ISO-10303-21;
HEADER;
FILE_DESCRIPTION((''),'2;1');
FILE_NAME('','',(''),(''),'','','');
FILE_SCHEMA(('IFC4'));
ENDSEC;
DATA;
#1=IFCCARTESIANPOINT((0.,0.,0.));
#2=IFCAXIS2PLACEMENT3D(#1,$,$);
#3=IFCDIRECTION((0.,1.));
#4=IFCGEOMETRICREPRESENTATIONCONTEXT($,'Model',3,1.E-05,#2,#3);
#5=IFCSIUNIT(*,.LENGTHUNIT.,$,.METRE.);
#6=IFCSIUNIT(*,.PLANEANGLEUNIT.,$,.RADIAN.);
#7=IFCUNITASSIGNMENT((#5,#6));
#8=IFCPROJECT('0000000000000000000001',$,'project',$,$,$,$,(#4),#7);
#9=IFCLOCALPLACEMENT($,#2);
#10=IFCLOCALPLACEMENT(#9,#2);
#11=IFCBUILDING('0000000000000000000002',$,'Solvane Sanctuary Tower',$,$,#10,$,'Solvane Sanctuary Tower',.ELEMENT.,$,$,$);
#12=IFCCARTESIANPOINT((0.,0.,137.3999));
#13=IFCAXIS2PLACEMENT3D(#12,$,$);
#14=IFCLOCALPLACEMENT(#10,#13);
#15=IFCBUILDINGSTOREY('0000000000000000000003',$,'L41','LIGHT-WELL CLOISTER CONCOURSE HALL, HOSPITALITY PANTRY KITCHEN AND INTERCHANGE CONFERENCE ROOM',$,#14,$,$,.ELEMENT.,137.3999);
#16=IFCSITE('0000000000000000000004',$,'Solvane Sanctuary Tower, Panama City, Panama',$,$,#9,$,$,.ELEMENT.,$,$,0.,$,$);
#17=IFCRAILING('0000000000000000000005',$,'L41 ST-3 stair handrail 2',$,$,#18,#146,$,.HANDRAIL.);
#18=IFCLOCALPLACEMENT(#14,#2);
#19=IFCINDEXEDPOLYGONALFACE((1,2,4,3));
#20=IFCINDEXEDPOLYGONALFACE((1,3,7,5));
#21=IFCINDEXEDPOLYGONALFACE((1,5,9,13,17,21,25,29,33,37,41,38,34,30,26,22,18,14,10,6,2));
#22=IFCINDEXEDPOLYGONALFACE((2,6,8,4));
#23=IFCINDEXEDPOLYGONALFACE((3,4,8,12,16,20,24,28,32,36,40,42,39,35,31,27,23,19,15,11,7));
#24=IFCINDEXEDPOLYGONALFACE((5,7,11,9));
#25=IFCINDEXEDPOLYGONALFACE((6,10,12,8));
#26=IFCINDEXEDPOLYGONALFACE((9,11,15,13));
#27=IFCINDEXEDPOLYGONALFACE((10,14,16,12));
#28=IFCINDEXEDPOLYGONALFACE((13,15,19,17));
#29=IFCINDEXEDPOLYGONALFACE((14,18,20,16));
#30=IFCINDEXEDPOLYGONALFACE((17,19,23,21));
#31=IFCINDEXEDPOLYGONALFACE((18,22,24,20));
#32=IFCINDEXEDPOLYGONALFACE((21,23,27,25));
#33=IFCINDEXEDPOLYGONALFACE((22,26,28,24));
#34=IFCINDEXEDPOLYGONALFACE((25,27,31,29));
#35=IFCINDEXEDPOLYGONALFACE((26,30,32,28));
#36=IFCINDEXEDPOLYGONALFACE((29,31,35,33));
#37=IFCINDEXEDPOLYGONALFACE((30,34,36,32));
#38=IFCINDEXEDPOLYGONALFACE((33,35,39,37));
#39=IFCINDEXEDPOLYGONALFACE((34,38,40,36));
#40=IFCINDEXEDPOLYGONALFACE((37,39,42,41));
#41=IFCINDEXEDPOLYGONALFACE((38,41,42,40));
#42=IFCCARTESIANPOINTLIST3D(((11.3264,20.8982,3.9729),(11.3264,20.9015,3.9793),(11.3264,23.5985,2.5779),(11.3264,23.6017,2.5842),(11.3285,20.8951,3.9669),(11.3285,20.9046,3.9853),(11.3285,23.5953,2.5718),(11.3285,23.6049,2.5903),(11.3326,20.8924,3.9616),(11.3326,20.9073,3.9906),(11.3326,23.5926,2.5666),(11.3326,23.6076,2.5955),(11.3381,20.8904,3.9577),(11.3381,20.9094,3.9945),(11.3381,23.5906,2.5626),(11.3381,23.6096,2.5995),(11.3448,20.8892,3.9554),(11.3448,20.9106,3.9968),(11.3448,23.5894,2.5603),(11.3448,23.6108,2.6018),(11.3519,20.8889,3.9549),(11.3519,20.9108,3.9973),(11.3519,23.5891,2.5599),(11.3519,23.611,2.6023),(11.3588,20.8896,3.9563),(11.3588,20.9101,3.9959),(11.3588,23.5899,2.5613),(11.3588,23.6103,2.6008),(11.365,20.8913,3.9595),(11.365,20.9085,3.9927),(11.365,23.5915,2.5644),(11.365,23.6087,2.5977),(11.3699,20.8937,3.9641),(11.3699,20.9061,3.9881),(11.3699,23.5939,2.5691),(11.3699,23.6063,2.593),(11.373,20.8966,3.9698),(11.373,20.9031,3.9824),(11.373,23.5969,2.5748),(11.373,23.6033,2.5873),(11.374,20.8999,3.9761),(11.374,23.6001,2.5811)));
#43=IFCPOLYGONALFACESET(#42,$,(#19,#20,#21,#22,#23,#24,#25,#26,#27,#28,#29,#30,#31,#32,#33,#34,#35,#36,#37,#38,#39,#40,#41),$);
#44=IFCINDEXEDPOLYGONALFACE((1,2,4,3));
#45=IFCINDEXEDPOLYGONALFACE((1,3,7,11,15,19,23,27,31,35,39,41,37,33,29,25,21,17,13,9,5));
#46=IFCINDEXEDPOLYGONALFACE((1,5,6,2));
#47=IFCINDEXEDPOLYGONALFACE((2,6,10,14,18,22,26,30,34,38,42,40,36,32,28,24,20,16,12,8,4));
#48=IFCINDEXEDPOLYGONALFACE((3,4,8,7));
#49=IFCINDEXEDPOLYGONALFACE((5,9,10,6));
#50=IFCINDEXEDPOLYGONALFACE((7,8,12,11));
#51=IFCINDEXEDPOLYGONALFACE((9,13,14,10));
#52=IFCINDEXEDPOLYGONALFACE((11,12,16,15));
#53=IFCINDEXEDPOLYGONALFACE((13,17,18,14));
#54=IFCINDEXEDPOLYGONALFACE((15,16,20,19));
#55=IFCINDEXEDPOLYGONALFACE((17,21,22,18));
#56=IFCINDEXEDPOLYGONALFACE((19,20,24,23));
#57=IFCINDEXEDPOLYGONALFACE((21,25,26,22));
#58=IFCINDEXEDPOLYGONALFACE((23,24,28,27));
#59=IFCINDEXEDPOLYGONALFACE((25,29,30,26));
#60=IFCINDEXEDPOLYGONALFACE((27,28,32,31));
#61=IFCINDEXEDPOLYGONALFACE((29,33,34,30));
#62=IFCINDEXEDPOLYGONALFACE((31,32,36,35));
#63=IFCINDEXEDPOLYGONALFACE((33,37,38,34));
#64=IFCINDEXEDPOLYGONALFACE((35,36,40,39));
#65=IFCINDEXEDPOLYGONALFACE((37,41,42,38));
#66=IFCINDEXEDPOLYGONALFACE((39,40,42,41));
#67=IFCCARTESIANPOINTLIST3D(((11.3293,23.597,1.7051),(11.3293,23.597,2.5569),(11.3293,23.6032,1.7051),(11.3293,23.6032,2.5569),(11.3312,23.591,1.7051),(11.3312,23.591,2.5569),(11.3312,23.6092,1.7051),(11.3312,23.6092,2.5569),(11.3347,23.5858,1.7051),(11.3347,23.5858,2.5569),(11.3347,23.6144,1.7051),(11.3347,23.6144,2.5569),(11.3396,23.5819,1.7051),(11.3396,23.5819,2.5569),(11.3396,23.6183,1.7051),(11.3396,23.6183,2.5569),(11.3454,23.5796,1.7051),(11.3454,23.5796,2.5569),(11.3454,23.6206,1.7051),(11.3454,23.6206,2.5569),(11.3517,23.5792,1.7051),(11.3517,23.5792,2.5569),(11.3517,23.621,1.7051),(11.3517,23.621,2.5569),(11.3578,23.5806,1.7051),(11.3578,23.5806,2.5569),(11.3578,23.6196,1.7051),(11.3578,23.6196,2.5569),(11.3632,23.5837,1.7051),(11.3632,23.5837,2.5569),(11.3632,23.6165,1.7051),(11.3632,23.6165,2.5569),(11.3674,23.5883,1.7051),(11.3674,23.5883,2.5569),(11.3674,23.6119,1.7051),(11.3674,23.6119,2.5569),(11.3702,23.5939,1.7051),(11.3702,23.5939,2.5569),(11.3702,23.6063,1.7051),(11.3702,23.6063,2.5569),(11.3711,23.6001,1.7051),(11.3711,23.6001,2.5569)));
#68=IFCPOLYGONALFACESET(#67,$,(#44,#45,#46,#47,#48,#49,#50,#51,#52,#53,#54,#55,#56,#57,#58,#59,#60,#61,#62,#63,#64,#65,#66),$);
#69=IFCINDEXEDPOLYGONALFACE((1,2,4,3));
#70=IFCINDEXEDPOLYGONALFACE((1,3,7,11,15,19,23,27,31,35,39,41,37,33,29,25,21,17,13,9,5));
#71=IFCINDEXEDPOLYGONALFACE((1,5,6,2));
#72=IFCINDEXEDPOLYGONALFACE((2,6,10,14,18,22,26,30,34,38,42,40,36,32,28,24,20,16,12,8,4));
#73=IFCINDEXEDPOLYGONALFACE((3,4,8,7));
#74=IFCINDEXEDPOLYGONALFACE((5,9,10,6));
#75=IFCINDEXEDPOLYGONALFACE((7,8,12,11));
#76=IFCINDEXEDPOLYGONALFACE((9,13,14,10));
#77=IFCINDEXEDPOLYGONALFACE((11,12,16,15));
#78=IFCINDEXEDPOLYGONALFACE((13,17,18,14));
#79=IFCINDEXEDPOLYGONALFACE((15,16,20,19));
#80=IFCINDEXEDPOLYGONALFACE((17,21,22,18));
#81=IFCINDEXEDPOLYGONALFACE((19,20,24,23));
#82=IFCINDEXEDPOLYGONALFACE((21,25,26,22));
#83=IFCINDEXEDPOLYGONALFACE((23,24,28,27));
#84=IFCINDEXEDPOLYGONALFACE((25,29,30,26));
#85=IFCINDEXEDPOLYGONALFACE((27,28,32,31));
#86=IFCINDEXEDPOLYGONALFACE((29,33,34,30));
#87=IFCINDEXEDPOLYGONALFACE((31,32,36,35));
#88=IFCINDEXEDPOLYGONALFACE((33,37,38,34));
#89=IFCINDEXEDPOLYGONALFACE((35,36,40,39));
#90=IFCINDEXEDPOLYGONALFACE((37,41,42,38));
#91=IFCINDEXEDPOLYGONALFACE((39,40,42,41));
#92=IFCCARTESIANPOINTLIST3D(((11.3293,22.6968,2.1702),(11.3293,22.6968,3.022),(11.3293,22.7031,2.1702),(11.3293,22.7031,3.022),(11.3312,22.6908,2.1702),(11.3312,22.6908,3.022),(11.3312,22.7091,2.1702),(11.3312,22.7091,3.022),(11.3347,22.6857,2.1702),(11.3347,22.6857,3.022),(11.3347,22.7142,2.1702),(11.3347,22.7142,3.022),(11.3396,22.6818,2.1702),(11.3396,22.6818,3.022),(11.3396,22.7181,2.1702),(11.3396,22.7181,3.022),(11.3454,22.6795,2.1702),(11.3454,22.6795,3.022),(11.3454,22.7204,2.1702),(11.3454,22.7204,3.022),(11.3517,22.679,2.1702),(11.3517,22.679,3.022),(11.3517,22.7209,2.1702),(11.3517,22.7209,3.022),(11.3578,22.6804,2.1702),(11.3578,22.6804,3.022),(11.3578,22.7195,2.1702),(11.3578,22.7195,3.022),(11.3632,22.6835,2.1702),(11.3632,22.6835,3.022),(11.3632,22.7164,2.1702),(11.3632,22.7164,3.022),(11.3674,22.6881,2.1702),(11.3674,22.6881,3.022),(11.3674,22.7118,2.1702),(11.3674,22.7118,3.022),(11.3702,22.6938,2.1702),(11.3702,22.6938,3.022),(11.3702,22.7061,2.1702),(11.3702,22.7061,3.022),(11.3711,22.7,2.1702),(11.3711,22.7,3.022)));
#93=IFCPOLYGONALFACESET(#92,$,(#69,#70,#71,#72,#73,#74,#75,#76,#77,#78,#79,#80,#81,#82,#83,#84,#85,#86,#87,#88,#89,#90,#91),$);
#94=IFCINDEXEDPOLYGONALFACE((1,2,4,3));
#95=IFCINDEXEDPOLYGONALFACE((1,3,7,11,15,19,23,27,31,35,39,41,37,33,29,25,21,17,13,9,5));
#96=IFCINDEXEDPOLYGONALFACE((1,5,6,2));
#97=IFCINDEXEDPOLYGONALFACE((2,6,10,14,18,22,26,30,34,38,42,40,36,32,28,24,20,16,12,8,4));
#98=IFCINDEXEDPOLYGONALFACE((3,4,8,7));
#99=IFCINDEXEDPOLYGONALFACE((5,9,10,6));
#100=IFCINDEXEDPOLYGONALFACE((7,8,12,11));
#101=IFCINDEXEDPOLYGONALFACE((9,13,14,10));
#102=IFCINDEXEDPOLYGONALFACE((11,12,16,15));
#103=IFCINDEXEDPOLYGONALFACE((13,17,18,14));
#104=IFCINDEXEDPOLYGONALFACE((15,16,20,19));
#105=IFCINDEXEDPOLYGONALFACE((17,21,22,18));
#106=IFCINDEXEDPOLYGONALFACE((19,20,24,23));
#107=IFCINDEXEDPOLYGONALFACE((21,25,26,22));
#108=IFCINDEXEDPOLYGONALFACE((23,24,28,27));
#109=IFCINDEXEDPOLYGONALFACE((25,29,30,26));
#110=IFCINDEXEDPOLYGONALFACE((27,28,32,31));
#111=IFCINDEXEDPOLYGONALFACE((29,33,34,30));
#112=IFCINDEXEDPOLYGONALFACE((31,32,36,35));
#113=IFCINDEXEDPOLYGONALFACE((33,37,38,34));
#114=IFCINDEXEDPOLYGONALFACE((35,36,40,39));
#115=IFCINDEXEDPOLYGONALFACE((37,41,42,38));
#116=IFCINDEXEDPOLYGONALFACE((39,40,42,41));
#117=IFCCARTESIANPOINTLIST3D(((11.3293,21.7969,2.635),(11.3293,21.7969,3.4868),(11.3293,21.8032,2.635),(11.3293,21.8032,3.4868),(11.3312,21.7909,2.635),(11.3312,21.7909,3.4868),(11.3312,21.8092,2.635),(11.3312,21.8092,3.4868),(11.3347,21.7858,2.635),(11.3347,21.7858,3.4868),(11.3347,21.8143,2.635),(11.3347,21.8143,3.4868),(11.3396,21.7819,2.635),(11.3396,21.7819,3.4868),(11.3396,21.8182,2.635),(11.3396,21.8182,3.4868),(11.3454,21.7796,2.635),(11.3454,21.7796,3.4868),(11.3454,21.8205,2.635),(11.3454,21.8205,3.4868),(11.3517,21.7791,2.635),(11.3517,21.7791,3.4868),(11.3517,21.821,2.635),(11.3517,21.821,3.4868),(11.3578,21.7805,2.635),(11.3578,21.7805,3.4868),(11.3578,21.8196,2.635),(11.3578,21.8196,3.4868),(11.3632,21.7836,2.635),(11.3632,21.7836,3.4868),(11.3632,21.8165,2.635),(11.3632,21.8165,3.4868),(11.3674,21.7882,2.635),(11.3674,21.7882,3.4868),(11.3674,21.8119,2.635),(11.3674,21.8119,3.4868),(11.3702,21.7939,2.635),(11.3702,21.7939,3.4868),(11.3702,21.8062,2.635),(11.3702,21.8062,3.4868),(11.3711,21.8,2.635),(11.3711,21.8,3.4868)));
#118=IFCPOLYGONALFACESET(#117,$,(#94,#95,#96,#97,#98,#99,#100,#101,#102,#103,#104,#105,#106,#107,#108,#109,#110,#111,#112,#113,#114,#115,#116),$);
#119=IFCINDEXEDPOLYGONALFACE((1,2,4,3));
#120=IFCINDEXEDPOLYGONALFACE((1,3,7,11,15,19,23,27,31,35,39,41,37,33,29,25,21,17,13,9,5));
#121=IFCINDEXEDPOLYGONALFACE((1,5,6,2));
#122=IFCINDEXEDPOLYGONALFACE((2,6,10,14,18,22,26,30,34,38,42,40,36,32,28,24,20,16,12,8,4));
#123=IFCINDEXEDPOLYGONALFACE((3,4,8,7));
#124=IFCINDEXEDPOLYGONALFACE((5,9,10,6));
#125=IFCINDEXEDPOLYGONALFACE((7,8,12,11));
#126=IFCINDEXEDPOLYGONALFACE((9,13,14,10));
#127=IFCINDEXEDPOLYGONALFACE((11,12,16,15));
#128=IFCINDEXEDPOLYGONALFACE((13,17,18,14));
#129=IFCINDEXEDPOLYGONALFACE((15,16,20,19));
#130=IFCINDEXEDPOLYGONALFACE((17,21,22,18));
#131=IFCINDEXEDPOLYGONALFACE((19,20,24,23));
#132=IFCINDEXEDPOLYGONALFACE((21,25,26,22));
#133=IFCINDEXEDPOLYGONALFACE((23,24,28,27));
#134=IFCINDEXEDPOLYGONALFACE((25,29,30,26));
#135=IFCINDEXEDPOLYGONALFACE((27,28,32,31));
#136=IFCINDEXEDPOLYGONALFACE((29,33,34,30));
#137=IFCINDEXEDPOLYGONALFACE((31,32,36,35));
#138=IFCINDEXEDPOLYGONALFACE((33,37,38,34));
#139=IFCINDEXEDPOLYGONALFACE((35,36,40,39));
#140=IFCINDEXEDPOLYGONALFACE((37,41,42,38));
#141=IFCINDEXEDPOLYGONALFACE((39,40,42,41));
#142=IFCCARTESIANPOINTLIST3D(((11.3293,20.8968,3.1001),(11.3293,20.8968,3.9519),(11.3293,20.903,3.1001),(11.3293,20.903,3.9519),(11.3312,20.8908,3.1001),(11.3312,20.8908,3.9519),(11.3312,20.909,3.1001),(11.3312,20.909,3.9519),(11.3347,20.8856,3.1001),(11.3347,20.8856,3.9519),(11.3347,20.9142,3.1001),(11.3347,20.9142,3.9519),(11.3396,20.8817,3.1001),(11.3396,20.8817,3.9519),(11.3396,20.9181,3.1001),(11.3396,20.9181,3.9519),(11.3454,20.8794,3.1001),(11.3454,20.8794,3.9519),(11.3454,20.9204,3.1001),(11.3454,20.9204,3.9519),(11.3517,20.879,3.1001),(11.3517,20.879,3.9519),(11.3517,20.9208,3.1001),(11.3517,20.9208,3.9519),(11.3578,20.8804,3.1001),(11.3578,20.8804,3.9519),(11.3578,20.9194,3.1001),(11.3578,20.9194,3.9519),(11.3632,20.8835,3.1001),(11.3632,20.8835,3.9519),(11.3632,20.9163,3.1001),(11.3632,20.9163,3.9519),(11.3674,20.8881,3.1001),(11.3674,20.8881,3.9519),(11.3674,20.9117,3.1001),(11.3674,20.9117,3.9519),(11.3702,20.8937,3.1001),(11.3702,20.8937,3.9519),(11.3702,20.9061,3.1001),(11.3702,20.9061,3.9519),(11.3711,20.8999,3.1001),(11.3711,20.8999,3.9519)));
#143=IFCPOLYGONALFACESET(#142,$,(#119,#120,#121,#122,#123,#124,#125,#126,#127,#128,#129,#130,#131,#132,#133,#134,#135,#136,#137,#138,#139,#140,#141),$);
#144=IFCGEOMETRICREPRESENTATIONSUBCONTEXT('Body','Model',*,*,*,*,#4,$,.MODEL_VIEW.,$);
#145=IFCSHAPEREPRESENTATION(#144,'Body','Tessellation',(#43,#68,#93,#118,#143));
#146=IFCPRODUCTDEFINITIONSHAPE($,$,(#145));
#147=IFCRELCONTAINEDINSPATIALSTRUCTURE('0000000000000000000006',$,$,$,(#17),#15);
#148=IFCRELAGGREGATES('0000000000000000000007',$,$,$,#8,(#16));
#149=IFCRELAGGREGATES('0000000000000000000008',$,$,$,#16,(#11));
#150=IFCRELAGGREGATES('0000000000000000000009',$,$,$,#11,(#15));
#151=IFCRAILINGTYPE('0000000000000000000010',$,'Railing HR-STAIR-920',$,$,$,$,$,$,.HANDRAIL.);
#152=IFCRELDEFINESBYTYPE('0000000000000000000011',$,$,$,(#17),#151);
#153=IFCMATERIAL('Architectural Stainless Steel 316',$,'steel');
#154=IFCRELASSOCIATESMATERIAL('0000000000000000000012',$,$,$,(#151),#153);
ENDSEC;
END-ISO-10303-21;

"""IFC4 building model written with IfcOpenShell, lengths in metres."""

from ifc_helpers import new_model, si_unit, direction, frame, origin, origin_2d, place, context, subcontext, project, spatial, circle, extrude, material, type_object, element, save


model = new_model("IFC4")

# Units and contexts
model_context = context("Model", 3, precision=1e-05, world=origin(), true_north=direction((0.0, 1.0)))
body_context = subcontext(model_context, "Body", "Model", "MODEL_VIEW")
ifc_project = project(units=[si_unit("LENGTHUNIT", "METRE"), si_unit("PLANEANGLEUNIT", "RADIAN")], contexts=[model_context])

# Site, building, storey
site_placement = place(None, origin())
site = spatial("IfcSite", under=ifc_project, at=site_placement, Name="Solvane Sanctuary Tower, Panama City, Panama", CompositionType="ELEMENT", RefElevation=0.0)
building_placement = place(site_placement, origin())
building = spatial("IfcBuilding", under=site, at=building_placement, Name="Solvane Sanctuary Tower", LongName="Solvane Sanctuary Tower", CompositionType="ELEMENT")
storey_placement = place(building_placement, frame((0.0, 0.0, 137.3999)))
storey = spatial("IfcBuildingStorey", under=building, at=storey_placement, Name="L41", Description="LIGHT-WELL CLOISTER CONCOURSE HALL, HOSPITALITY PANTRY KITCHEN AND INTERCHANGE CONFERENCE ROOM", CompositionType="ELEMENT", Elevation=137.3999)

# Shared definitions
ifc_material_1 = material(Name="Architectural Stainless Steel 316", Category="steel")

# Railing
railing_type_1 = type_object("IfcRailingType", Name="Railing HR-STAIR-920", PredefinedType="HANDRAIL", material=ifc_material_1)
railing_1_placement = place(storey_placement, frame((11.3501, 23.6001, 1.7051)))
element("IfcRailing", 1, at=railing_1_placement, inside=storey, type_object=railing_type_1, Name="L41 ST-3 stair handrail 2", PredefinedType="HANDRAIL", context=body_context, shape_type="SweptSolid", body=[
    extrude(circle(Radius=0.0239, at=origin_2d()), frame((0.0, 0.0, 0.876), z_axis=(0.0, -0.888437, 0.458999), x_axis=(1.0, 0.0, 0.0)), (0.0, 0.0, 1.0), 3.0393),
    extrude(circle(Radius=0.021, at=origin_2d()), origin(), (0.0, 0.0, 1.0), 0.8518),
    extrude(circle(Radius=0.021, at=origin_2d()), frame((0.0, -0.9001, 0.4651)), (0.0, 0.0, 1.0), 0.8518),
    extrude(circle(Radius=0.021, at=origin_2d()), frame((0.0, -1.8, 0.9299)), (0.0, 0.0, 1.0), 0.8518),
    extrude(circle(Radius=0.021, at=origin_2d()), frame((0.0, -2.7002, 1.395)), (0.0, 0.0, 1.0), 0.8518),
])

save(model, "model.ifc")
